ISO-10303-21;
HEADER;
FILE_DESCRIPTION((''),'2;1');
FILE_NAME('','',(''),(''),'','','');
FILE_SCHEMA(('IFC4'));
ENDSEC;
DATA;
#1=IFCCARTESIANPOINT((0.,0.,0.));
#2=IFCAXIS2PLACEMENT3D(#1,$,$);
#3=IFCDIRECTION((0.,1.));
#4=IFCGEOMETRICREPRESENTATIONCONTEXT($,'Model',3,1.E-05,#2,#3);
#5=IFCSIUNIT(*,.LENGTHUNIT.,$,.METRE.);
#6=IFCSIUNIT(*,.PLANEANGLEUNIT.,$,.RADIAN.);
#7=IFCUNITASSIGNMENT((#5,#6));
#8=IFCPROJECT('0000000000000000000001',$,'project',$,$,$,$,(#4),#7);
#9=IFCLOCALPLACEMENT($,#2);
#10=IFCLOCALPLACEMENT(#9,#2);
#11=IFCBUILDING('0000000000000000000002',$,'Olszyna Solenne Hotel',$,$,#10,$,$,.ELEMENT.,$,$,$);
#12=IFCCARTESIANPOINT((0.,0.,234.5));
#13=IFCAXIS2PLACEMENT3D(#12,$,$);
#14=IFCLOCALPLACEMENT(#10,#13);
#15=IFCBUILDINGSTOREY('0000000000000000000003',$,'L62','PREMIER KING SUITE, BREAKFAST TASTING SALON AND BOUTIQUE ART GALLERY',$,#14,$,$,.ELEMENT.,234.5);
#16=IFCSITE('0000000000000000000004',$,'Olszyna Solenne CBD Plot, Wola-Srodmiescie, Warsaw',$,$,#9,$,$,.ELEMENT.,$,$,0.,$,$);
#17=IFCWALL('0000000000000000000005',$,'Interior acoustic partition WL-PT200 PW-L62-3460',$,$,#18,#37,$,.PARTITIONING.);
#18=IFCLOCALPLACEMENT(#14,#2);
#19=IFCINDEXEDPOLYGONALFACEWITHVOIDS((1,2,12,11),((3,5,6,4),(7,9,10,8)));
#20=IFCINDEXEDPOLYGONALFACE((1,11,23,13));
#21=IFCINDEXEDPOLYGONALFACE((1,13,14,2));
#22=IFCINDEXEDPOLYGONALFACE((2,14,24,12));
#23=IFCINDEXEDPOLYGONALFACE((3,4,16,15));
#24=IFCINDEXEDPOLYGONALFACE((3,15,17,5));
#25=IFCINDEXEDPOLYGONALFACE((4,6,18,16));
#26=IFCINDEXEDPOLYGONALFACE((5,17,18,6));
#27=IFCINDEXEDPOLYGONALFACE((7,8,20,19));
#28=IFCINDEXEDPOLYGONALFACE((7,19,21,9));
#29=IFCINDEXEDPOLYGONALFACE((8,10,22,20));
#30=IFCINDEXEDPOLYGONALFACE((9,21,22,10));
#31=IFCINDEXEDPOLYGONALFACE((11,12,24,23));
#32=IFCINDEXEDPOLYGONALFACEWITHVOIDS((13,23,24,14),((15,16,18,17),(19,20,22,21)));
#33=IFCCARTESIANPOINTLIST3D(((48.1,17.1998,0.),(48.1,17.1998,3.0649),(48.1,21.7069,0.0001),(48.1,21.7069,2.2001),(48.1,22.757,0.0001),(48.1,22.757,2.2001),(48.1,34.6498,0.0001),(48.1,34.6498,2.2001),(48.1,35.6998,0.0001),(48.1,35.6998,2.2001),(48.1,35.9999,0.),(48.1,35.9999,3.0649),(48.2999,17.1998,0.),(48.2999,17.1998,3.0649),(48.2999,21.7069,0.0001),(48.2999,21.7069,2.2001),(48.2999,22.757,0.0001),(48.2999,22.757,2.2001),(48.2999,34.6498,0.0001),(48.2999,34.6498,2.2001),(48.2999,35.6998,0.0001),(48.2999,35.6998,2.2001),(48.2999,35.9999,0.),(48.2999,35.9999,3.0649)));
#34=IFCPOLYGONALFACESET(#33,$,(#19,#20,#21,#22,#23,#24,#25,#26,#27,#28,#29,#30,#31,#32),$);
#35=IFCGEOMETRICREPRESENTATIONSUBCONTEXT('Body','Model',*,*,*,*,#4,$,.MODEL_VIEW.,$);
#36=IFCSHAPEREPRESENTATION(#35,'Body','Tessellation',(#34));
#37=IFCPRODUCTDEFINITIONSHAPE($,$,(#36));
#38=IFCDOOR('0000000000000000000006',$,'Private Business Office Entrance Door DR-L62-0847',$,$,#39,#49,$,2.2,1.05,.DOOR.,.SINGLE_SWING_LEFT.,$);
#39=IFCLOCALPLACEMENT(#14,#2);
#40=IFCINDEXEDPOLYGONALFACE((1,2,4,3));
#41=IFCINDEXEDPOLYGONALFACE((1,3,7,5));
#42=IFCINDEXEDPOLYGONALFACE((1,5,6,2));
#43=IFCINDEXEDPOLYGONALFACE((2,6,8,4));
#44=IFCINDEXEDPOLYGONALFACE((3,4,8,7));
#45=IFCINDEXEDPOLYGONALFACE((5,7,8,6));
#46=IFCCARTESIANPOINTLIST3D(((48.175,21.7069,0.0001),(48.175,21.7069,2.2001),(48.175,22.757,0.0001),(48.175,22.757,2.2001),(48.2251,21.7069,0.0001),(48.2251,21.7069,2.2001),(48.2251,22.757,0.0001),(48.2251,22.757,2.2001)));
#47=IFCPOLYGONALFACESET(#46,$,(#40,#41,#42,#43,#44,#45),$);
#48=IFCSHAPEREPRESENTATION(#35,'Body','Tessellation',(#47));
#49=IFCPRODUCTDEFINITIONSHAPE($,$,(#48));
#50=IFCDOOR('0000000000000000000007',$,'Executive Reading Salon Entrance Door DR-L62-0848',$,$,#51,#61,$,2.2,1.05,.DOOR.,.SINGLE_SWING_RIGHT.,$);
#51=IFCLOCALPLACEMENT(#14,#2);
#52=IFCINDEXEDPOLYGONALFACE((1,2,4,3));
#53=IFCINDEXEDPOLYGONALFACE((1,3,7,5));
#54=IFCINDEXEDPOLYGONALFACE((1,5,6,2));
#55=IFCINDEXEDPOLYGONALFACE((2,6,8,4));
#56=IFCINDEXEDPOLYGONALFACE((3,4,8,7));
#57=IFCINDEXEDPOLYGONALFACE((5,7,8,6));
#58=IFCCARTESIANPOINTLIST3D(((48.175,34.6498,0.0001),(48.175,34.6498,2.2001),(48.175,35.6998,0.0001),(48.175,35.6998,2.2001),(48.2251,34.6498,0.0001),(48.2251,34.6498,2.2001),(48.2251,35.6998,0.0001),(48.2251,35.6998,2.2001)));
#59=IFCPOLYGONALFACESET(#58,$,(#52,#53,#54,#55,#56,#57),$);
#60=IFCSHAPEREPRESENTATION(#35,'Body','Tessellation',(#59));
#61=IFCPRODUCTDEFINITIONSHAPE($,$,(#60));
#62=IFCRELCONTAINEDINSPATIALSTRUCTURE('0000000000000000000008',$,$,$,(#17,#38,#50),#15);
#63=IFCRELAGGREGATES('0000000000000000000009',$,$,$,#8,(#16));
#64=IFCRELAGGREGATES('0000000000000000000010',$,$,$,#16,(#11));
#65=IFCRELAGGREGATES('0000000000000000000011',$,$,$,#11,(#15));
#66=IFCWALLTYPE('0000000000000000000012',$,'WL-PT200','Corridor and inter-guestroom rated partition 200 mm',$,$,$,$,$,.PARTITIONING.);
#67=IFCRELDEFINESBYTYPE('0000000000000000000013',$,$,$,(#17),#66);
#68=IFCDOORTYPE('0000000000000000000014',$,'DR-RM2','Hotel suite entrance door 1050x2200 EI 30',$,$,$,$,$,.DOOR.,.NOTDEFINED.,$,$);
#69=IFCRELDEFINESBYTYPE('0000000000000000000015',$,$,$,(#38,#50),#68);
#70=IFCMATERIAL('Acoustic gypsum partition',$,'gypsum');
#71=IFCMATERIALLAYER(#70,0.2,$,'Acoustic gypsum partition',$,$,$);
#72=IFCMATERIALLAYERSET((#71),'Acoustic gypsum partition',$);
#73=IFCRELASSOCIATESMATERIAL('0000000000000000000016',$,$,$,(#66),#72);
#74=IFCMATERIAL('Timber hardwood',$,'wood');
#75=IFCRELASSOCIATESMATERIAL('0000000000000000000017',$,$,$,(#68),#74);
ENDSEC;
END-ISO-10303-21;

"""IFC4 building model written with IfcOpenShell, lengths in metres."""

from ifc_helpers import new_model, si_unit, direction, frame, frame_2d, origin, place, context, subcontext, project, spatial, rectangle, extrude, source, transform, mapped, material, layer, layer_set, type_object, type_shapes, element, fill, save


model = new_model("IFC4")

# Units and contexts
model_context = context("Model", 3, precision=1e-05, world=origin(), true_north=direction((0.0, 1.0)))
body_context = subcontext(model_context, "Body", "Model", "MODEL_VIEW")
ifc_project = project(units=[si_unit("LENGTHUNIT", "METRE"), si_unit("PLANEANGLEUNIT", "RADIAN")], contexts=[model_context])

# Site, building, storey
site_placement = place(None, origin())
site = spatial("IfcSite", under=ifc_project, at=site_placement, Name="Olszyna Solenne CBD Plot, Wola-Srodmiescie, Warsaw", CompositionType="ELEMENT", RefElevation=0.0)
building_placement = place(site_placement, origin())
building = spatial("IfcBuilding", under=site, at=building_placement, Name="Olszyna Solenne Hotel", CompositionType="ELEMENT")
storey_placement = place(building_placement, frame((0.0, 0.0, 234.5)))
storey = spatial("IfcBuildingStorey", under=building, at=storey_placement, Name="L62", Description="PREMIER KING SUITE, BREAKFAST TASTING SALON AND BOUTIQUE ART GALLERY", CompositionType="ELEMENT", Elevation=234.5)

# Shared definitions
ifc_material_1 = material(Name="Acoustic gypsum partition", Category="gypsum")

# Shared definitions
ifc_layer_1 = layer(ifc_material_1, 0.2, Name="Acoustic gypsum partition")
ifc_layer_set_1 = layer_set([ifc_layer_1], Name="Acoustic gypsum partition")
wall_type_1 = type_object("IfcWallType", Name="WL-PT200", Description="Corridor and inter-guestroom rated partition 200 mm", PredefinedType="PARTITIONING", material=ifc_layer_set_1)

# Wall, openings, doors
wall_1_placement = place(storey_placement, frame((48.2, 17.2, 0.0), z_axis=(0.0, 0.0, 1.0), x_axis=(0.0, 1.0, 0.0)))
wall_1 = element("IfcWall", 1, at=wall_1_placement, inside=storey, type_object=wall_type_1, Name="Interior acoustic partition WL-PT200 PW-L62-3460", PredefinedType="PARTITIONING", context=body_context, shape_type="SweptSolid", body=[
    extrude(rectangle(XDim=18.8, YDim=0.2, at=frame_2d((9.3999, 0.0))), origin(), (0.0, 0.0, 1.0), 3.0649),
])
opening_1_placement = place(wall_1_placement, frame((4.5071, 0.0, 0.0)))
opening_1 = element("IfcOpeningElement", 2, at=opening_1_placement, cuts=wall_1, PredefinedType="OPENING", context=body_context, shape_type="SweptSolid", body=[
    extrude(rectangle(XDim=1.05, YDim=2.2, at=frame_2d((0.5249, 1.1001))), frame((0.0, 0.1099, 0.0), z_axis=(0.0, -1.0, 0.0), x_axis=(1.0, 0.0, 0.0)), (0.0, 0.0, 1.0), 0.22),
])
opening_2_placement = place(wall_1_placement, frame((17.45, 0.0, 0.0)))
opening_2 = element("IfcOpeningElement", 3, at=opening_2_placement, cuts=wall_1, PredefinedType="OPENING", context=body_context, shape_type="SweptSolid", body=[
    extrude(rectangle(XDim=1.05, YDim=2.2, at=frame_2d((0.5249, 1.1001))), frame((0.0, 0.1099, 0.0), z_axis=(0.0, -1.0, 0.0), x_axis=(1.0, 0.0, 0.0)), (0.0, 0.0, 1.0), 0.22),
])
ifc_material_2 = material(Name="Timber hardwood", Category="wood")
door_type_1 = type_object("IfcDoorType", Name="DR-RM2", Description="Hotel suite entrance door 1050x2200 EI 30", OperationType="NOTDEFINED", PredefinedType="DOOR", material=ifc_material_2)
shared_shape_1 = source(origin(), body_context, "Body", "SweptSolid", [
    extrude(rectangle(XDim=1.05, YDim=2.2, at=frame_2d((0.5249, 1.1001))), frame((0.0, 0.0249, 0.0), z_axis=(0.0, -1.0, 0.0), x_axis=(1.0, 0.0, 0.0)), (0.0, 0.0, 1.0), 0.05),
])
type_shapes(door_type_1, [shared_shape_1])
door_1_placement = place(opening_1_placement, origin())
door_1 = element("IfcDoor", 4, at=door_1_placement, inside=storey, type_object=door_type_1, Name="Private Business Office Entrance Door DR-L62-0847", OperationType="SINGLE_SWING_LEFT", OverallHeight=2.2, OverallWidth=1.05, PredefinedType="DOOR", context=body_context, shape_type="MappedRepresentation", body=[
    mapped(shared_shape_1, transform((0.0, 0.0, 0.0), x_axis=(1.0, 0.0, 0.0), y_axis=(0.0, 1.0, 0.0), z_axis=(0.0, 0.0, 1.0), scale=1.0)),
])
fill(opening_1, door_1)
door_2_placement = place(opening_2_placement, origin())
door_2 = element("IfcDoor", 5, at=door_2_placement, inside=storey, type_object=door_type_1, Name="Executive Reading Salon Entrance Door DR-L62-0848", OperationType="SINGLE_SWING_RIGHT", OverallHeight=2.2, OverallWidth=1.05, PredefinedType="DOOR", context=body_context, shape_type="MappedRepresentation", body=[
    mapped(shared_shape_1, transform((0.0, 0.0, 0.0), x_axis=(1.0, 0.0, 0.0), y_axis=(0.0, 1.0, 0.0), z_axis=(0.0, 0.0, 1.0), scale=1.0)),
])
fill(opening_2, door_2)

save(model, "model.ifc")
